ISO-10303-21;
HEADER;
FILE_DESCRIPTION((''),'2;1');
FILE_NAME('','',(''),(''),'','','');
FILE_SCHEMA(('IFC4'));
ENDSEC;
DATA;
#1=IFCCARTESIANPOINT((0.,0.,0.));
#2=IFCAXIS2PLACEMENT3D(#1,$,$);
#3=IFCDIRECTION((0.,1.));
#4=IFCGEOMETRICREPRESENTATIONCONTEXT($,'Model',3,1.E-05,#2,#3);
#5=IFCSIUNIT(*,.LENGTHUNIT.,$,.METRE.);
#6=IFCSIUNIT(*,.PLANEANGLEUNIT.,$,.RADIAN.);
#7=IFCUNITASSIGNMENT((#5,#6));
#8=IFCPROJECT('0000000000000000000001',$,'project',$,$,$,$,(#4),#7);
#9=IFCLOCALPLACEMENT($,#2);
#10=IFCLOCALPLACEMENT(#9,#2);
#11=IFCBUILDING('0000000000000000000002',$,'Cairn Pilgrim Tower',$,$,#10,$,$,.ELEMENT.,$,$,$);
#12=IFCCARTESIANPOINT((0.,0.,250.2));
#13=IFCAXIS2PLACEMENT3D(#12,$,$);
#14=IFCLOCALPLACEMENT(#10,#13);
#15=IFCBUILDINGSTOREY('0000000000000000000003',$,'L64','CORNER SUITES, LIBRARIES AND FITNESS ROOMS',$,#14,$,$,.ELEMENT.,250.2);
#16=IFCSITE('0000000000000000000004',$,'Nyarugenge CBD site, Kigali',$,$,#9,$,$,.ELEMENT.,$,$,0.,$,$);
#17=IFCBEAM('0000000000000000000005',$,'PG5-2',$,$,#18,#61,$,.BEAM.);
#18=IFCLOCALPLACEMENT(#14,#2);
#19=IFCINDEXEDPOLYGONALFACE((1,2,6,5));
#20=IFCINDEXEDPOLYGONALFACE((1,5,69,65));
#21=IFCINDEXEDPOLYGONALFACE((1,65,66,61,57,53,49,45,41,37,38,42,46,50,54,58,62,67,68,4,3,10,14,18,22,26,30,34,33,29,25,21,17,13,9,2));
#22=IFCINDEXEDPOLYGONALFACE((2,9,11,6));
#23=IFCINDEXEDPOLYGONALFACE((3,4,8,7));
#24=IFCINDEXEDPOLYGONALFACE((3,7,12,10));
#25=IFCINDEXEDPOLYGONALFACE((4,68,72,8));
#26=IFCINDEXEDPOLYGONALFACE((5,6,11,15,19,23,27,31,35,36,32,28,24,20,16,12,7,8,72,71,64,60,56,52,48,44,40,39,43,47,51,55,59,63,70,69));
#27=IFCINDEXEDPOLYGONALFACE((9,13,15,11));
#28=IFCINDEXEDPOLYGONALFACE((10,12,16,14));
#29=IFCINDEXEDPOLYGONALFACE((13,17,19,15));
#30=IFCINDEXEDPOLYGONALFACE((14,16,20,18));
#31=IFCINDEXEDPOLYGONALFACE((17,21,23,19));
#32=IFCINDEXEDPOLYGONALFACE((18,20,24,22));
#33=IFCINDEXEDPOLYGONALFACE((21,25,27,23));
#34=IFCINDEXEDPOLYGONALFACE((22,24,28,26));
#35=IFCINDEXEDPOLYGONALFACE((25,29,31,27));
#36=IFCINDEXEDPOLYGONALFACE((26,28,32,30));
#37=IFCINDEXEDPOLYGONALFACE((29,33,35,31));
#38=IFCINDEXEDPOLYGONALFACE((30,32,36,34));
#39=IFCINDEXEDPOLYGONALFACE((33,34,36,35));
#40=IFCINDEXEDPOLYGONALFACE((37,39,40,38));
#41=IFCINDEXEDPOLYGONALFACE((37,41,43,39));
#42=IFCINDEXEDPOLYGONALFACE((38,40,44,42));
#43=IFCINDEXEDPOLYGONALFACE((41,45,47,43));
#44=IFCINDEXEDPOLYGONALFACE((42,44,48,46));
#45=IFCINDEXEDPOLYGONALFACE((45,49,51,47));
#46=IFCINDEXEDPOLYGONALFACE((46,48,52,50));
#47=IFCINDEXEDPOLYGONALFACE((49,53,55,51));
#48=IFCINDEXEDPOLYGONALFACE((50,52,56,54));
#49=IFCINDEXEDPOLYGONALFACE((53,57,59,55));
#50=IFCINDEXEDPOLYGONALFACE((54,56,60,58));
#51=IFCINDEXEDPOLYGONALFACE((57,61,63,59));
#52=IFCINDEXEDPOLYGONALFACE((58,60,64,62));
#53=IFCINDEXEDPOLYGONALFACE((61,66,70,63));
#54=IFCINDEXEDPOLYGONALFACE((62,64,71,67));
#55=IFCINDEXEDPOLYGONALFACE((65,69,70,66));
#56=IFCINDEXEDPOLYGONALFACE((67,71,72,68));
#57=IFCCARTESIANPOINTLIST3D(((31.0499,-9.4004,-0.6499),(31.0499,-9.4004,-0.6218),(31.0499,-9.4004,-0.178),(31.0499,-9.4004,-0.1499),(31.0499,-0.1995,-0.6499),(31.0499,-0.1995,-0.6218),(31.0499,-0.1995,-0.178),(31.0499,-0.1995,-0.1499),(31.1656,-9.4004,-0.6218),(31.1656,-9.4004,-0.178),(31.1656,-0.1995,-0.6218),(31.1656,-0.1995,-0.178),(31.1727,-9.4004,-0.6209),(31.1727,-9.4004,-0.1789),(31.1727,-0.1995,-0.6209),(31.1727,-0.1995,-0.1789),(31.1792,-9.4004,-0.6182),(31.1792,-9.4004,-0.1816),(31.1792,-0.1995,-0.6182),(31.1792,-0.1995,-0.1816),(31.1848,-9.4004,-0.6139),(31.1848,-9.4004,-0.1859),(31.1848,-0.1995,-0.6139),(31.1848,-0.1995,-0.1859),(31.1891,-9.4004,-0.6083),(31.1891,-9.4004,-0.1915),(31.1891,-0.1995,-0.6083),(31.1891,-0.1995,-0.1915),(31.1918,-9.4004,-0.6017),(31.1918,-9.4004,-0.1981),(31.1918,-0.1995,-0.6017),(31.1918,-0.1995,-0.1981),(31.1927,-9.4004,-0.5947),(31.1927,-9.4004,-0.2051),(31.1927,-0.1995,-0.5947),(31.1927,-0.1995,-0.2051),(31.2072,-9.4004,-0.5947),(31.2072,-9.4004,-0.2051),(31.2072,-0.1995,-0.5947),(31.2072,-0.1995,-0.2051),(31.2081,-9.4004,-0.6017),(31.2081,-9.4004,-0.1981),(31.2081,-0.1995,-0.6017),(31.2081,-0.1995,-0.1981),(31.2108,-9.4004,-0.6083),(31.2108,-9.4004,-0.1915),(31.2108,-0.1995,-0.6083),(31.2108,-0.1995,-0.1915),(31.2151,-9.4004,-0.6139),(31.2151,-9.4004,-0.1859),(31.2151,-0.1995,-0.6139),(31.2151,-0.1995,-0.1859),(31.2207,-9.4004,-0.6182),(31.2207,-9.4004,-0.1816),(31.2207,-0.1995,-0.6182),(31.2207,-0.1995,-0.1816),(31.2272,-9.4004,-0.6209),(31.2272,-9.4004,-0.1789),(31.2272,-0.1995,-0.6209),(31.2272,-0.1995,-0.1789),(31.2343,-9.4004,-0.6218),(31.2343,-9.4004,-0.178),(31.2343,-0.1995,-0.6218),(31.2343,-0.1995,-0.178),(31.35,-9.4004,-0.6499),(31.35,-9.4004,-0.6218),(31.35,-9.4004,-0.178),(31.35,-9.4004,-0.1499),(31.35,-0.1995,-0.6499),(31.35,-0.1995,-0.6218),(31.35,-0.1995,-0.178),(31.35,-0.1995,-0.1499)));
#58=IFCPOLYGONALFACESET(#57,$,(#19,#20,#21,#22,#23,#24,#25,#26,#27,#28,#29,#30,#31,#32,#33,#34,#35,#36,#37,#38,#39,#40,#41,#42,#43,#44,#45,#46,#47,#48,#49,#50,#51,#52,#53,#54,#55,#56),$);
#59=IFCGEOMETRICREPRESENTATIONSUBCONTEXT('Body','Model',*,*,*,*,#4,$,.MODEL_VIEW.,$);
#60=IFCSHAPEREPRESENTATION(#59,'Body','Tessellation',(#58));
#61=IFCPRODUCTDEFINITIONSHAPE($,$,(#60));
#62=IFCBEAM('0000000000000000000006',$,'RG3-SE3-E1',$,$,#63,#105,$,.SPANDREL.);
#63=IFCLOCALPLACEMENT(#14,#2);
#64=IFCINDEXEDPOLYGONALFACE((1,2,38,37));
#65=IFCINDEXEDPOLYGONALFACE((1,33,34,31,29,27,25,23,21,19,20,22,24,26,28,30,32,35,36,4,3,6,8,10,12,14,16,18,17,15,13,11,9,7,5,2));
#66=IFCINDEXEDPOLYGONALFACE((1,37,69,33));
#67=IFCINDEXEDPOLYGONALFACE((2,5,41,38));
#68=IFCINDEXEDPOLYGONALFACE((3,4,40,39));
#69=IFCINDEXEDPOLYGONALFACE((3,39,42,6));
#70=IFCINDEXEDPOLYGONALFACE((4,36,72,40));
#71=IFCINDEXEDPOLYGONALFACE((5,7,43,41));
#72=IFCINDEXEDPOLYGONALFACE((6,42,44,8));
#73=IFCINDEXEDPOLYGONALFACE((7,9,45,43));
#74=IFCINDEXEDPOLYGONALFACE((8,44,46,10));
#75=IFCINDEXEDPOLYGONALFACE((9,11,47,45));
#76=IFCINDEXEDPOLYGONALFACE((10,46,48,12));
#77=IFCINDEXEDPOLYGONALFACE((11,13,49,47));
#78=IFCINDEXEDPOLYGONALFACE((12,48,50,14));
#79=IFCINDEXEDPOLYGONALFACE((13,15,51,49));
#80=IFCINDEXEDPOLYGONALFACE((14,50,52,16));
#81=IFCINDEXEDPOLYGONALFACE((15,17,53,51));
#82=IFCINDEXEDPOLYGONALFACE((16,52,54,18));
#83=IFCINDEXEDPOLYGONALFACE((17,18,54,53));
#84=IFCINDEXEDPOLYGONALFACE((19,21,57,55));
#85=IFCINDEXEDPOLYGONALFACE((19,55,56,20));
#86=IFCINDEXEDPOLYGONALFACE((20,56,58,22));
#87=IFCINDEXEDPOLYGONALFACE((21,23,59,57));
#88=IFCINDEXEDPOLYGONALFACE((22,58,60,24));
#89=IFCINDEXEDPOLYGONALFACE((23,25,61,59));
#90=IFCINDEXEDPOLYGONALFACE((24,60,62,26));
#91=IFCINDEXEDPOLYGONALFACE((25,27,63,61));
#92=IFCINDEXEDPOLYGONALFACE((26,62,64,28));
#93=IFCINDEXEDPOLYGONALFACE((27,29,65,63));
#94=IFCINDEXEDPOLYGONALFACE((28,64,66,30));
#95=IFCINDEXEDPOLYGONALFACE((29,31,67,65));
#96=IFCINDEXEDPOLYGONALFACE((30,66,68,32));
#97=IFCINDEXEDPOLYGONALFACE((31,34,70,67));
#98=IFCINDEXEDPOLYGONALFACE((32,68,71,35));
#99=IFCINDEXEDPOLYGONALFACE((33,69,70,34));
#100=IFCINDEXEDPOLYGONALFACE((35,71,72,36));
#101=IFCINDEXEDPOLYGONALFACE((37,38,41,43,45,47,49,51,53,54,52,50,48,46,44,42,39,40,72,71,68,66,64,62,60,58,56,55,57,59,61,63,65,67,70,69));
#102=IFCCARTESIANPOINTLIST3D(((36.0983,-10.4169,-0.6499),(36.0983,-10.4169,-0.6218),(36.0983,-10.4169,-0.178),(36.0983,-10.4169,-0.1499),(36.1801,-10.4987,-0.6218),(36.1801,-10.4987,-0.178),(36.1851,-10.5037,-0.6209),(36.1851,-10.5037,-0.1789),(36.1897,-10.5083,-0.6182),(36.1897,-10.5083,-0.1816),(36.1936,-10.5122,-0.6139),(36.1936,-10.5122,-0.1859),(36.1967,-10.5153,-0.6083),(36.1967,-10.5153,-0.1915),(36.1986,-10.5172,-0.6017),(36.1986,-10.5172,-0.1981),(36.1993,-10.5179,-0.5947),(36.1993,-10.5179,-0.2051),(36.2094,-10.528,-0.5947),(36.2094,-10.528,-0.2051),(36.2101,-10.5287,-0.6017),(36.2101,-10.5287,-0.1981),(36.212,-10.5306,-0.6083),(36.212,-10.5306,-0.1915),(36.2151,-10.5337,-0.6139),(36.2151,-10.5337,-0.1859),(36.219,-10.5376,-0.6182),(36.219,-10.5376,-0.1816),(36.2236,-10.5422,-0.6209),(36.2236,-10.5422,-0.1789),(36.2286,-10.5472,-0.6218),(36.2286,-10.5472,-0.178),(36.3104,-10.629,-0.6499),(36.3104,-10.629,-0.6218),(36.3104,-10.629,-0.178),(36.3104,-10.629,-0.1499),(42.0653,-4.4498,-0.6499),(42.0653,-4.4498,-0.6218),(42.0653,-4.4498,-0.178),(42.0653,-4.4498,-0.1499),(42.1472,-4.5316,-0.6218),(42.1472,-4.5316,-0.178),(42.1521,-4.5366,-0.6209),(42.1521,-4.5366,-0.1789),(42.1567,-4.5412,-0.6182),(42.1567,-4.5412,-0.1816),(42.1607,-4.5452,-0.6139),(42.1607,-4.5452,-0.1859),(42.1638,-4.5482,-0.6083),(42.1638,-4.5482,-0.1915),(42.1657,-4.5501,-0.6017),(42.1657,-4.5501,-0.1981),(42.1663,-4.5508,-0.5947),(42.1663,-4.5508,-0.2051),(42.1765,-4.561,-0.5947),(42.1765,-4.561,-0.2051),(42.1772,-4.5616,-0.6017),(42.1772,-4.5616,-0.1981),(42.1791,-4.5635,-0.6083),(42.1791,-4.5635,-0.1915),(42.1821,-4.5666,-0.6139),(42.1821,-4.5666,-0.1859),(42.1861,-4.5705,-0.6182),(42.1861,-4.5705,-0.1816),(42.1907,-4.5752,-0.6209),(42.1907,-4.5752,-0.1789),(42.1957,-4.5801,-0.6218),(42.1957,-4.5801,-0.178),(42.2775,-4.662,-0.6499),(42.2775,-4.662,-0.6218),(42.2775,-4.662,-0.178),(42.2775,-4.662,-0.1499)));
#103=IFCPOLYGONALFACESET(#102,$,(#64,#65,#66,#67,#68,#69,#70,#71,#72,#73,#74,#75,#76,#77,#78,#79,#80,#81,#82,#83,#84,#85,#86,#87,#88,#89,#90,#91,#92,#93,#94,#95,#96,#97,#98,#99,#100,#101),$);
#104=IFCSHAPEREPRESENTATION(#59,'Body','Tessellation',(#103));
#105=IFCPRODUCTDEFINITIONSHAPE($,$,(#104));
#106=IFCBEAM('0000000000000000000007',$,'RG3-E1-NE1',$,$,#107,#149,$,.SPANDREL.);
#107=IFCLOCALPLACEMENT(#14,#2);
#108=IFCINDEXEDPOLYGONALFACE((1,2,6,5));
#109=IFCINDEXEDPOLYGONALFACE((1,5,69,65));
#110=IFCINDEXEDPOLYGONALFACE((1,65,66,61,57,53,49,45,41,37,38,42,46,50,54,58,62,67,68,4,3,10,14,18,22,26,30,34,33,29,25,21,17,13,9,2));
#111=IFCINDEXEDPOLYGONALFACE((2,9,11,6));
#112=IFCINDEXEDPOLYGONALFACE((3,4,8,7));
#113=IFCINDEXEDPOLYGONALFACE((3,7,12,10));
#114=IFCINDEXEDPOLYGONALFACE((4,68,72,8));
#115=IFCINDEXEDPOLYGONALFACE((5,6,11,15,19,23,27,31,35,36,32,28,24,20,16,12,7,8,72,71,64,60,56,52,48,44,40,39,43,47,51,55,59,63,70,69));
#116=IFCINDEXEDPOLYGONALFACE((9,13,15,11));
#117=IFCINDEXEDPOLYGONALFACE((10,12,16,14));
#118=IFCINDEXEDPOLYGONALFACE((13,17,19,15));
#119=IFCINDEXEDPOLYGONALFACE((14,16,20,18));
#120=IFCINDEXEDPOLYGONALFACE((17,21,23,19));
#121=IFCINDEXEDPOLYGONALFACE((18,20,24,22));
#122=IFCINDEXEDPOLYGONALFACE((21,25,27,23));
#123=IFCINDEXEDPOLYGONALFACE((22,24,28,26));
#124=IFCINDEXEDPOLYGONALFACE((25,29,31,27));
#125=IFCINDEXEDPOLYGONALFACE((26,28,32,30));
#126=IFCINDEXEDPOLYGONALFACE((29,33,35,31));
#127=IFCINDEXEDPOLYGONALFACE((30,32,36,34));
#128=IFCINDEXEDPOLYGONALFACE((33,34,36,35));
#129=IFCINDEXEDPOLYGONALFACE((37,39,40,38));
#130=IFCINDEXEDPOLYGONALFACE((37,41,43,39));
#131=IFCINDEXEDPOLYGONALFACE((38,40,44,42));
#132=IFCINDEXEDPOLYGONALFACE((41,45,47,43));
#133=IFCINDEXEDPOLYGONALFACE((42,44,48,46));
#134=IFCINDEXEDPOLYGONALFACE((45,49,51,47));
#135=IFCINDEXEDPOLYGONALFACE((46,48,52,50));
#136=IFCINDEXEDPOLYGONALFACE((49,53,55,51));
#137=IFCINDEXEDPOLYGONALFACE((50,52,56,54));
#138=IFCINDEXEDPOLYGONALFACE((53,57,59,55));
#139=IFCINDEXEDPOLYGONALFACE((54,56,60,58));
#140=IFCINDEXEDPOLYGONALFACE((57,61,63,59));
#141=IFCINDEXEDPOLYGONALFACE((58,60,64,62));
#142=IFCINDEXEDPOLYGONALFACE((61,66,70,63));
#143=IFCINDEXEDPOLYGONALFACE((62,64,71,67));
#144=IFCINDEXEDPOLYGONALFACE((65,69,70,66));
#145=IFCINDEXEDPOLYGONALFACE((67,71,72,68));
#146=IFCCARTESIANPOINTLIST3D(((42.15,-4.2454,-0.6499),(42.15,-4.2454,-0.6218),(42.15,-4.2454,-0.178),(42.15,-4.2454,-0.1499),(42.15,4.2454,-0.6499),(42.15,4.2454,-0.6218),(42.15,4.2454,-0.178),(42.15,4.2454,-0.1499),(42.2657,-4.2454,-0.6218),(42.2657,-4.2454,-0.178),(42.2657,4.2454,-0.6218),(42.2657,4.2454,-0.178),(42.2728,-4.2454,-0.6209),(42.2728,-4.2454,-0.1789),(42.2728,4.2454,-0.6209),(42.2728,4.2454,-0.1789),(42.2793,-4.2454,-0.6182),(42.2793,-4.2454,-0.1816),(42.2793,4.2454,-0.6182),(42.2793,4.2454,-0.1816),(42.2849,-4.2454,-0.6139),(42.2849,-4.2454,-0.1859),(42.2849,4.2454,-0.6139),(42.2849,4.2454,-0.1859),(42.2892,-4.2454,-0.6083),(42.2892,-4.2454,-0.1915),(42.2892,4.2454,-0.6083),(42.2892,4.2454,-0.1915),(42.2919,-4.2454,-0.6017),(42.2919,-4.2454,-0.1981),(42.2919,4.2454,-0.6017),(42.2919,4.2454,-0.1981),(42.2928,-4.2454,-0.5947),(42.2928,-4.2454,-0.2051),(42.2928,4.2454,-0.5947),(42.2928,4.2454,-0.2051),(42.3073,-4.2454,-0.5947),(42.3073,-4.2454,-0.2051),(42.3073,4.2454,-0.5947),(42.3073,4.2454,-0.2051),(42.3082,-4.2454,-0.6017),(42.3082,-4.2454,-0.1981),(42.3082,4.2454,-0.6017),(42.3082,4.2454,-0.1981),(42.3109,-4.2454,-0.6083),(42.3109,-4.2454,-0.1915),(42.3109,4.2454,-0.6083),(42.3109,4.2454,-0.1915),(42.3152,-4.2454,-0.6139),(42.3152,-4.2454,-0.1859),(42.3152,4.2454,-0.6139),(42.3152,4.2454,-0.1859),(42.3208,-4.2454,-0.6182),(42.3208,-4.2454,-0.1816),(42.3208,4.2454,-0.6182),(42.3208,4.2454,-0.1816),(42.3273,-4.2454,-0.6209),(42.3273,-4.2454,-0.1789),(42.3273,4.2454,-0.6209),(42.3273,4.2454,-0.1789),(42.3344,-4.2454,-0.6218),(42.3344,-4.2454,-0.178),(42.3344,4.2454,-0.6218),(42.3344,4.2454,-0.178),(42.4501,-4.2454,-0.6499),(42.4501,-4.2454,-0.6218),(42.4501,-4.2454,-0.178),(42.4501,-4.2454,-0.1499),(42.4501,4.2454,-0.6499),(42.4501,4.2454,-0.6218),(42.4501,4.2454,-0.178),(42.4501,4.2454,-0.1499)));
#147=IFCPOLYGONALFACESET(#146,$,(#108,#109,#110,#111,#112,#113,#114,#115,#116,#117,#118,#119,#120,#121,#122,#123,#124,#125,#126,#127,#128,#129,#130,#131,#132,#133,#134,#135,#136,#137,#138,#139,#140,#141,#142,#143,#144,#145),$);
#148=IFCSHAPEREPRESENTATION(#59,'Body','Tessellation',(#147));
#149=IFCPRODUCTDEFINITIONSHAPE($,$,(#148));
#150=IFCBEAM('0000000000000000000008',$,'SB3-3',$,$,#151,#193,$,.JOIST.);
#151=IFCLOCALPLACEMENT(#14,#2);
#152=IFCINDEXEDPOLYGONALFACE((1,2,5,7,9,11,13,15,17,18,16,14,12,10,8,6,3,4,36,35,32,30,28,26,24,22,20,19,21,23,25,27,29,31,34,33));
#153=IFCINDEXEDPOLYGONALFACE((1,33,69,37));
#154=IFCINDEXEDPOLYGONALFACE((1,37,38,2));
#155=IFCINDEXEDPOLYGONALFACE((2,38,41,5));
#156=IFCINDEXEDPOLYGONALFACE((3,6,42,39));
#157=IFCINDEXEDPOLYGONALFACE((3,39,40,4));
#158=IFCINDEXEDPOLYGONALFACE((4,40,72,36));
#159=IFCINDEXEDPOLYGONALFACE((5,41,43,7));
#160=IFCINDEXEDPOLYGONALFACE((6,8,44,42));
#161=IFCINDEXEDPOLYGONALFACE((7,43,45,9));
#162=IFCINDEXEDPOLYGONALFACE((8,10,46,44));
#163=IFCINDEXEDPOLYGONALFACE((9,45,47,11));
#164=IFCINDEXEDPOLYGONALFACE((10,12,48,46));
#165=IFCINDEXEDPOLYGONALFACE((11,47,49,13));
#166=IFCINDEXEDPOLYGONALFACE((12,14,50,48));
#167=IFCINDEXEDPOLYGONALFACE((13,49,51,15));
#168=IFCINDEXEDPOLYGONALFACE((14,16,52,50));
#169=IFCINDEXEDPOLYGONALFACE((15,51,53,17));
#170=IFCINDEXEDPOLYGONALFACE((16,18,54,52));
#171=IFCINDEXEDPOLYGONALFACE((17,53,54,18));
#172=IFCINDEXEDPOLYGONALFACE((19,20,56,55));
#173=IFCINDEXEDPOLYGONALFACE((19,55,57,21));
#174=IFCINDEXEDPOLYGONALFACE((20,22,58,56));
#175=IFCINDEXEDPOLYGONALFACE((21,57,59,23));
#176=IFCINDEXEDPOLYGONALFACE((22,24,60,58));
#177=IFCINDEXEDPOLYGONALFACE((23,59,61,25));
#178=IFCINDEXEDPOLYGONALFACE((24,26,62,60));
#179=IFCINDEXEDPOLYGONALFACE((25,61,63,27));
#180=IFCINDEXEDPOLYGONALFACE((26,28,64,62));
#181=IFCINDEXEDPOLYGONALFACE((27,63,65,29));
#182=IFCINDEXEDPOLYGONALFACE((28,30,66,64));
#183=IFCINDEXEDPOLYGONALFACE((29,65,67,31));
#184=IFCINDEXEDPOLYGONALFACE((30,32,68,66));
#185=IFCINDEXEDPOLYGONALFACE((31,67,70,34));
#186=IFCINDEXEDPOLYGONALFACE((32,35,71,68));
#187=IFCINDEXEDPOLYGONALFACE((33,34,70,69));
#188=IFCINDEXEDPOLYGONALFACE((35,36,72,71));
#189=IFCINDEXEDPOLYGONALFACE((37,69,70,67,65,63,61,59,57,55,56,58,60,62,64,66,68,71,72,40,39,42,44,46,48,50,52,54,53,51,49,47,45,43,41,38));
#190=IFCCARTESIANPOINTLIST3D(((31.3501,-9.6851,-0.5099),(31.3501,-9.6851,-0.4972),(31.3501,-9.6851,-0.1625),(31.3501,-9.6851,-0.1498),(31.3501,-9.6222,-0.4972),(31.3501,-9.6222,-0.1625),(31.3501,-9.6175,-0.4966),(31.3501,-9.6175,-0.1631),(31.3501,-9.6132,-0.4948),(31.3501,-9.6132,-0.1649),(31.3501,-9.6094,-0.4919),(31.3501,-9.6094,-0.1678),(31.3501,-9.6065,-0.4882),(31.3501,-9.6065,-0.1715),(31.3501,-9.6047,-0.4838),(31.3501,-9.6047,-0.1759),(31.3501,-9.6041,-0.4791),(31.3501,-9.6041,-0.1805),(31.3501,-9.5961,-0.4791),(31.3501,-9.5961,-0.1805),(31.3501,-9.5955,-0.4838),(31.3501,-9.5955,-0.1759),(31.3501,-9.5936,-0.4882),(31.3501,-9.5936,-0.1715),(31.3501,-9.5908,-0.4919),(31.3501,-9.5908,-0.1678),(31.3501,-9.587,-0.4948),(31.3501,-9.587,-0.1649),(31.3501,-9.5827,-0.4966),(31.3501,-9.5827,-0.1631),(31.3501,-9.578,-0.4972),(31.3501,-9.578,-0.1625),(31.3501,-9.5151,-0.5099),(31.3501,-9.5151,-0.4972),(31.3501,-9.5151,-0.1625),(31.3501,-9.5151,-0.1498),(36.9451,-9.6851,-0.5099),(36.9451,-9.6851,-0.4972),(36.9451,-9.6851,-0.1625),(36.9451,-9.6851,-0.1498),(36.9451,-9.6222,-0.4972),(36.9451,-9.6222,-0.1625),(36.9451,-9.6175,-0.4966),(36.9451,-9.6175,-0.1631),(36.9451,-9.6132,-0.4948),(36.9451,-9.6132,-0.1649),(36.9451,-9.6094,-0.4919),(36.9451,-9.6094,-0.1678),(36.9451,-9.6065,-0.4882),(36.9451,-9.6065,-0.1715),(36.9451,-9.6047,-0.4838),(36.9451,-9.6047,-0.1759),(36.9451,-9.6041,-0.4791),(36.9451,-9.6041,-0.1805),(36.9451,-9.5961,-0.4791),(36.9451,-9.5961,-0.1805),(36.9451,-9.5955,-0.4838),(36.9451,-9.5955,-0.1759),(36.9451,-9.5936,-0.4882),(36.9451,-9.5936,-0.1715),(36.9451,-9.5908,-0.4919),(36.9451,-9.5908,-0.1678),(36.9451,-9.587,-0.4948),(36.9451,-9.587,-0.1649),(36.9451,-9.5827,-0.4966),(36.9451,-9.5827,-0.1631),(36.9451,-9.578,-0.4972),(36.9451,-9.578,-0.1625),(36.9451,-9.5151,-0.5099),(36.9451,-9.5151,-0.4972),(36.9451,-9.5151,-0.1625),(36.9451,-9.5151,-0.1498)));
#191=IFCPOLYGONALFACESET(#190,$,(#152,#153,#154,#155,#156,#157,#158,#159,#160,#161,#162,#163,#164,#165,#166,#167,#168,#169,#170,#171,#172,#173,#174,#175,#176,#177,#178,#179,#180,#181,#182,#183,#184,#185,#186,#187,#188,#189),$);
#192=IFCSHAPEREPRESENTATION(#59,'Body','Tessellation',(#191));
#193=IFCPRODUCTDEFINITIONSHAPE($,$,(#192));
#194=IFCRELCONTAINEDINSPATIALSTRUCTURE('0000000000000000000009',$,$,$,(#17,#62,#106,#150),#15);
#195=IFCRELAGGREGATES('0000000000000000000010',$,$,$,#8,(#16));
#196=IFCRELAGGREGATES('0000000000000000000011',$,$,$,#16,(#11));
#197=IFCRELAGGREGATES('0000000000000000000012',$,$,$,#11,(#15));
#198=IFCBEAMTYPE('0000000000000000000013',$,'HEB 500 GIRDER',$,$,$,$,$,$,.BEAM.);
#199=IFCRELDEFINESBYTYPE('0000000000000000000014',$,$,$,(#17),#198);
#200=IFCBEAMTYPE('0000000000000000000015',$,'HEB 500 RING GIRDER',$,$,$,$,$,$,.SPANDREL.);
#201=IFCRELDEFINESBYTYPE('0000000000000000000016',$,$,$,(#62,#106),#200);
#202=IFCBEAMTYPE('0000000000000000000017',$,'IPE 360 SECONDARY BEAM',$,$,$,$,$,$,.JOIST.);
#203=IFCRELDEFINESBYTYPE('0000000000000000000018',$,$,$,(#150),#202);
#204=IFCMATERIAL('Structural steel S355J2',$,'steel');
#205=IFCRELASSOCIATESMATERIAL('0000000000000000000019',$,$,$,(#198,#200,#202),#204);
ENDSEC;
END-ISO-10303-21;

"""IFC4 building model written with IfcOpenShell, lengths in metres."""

from ifc_helpers import new_model, si_unit, direction, frame, origin, origin_2d, place, context, subcontext, project, spatial, i_section, extrude, material, material_profile, profile_set, type_object, element, save


model = new_model("IFC4")

# Units and contexts
model_context = context("Model", 3, precision=1e-05, world=origin(), true_north=direction((0.0, 1.0)))
body_context = subcontext(model_context, "Body", "Model", "MODEL_VIEW")
ifc_project = project(units=[si_unit("LENGTHUNIT", "METRE"), si_unit("PLANEANGLEUNIT", "RADIAN")], contexts=[model_context])

# Site, building, storey
site_placement = place(None, origin())
site = spatial("IfcSite", under=ifc_project, at=site_placement, Name="Nyarugenge CBD site, Kigali", CompositionType="ELEMENT", RefElevation=0.0)
building_placement = place(site_placement, origin())
building = spatial("IfcBuilding", under=site, at=building_placement, Name="Cairn Pilgrim Tower", CompositionType="ELEMENT")
storey_placement = place(building_placement, frame((0.0, 0.0, 250.2)))
storey = spatial("IfcBuildingStorey", under=building, at=storey_placement, Name="L64", Description="CORNER SUITES, LIBRARIES AND FITNESS ROOMS", CompositionType="ELEMENT", Elevation=250.2)

# Shared definitions
ifc_material_1 = material(Name="Structural steel S355J2", Category="steel")

# Beams
ifc_material_profile_1 = material_profile(ifc_material_1, i_section(OverallWidth=0.3, OverallDepth=0.5, WebThickness=0.0144, FlangeThickness=0.0281, FilletRadius=0.0271, at=origin_2d()), Name="HEB 500")
ifc_profile_set_1 = profile_set([ifc_material_profile_1], Name="Structural steel S355J2")
beam_type_1 = type_object("IfcBeamType", Name="HEB 500 GIRDER", PredefinedType="BEAM", material=ifc_profile_set_1)
beam_1_placement = place(storey_placement, frame((31.2, -9.4004, -0.3999), z_axis=(0.0, 1.0, 0.0), x_axis=(-1.0, 0.0, 0.0)))
element("IfcBeam", 1, at=beam_1_placement, inside=storey, type_object=beam_type_1, Name="PG5-2", PredefinedType="BEAM", context=body_context, shape_type="SweptSolid", body=[
    extrude(i_section(OverallWidth=0.3, OverallDepth=0.5, WebThickness=0.0144, FlangeThickness=0.0281, FilletRadius=0.0271, at=origin_2d()), origin(), (0.0, 0.0, 1.0), 9.2009),
])
ifc_material_profile_2 = material_profile(ifc_material_1, i_section(OverallWidth=0.3, OverallDepth=0.5, WebThickness=0.0144, FlangeThickness=0.0281, FilletRadius=0.0271, at=origin_2d()), Name="HEB 500")
ifc_profile_set_2 = profile_set([ifc_material_profile_2], Name="Structural steel S355J2")
beam_type_2 = type_object("IfcBeamType", Name="HEB 500 RING GIRDER", PredefinedType="SPANDREL", material=ifc_profile_set_2)
beam_2_placement = place(storey_placement, frame((36.2043, -10.5229, -0.3999), z_axis=(0.707107, 0.707107, 0.0), x_axis=(-0.707107, 0.707107, 0.0)))
element("IfcBeam", 2, at=beam_2_placement, inside=storey, type_object=beam_type_2, Name="RG3-SE3-E1", PredefinedType="SPANDREL", context=body_context, shape_type="SweptSolid", body=[
    extrude(i_section(OverallWidth=0.3, OverallDepth=0.5, WebThickness=0.0144, FlangeThickness=0.0281, FilletRadius=0.0271, at=origin_2d()), origin(), (0.0, 0.0, 1.0), 8.4387),
])
beam_3_placement = place(storey_placement, frame((42.3, -4.2454, -0.3999), z_axis=(0.0, 1.0, 0.0), x_axis=(-1.0, 0.0, 0.0)))
element("IfcBeam", 3, at=beam_3_placement, inside=storey, type_object=beam_type_2, Name="RG3-E1-NE1", PredefinedType="SPANDREL", context=body_context, shape_type="SweptSolid", body=[
    extrude(i_section(OverallWidth=0.3, OverallDepth=0.5, WebThickness=0.0144, FlangeThickness=0.0281, FilletRadius=0.0271, at=origin_2d()), origin(), (0.0, 0.0, 1.0), 8.4907),
])
ifc_material_profile_3 = material_profile(ifc_material_1, i_section(OverallWidth=0.1699, OverallDepth=0.3601, WebThickness=0.0081, FlangeThickness=0.0127, FilletRadius=0.0181, at=origin_2d()), Name="IPE 360")
ifc_profile_set_3 = profile_set([ifc_material_profile_3], Name="Structural steel S355J2")
beam_type_3 = type_object("IfcBeamType", Name="IPE 360 SECONDARY BEAM", PredefinedType="JOIST", material=ifc_profile_set_3)
beam_4_placement = place(storey_placement, frame((31.3501, -9.6001, -0.3298), z_axis=(1.0, 0.0, 0.0), x_axis=(0.0, 1.0, 0.0)))
element("IfcBeam", 4, at=beam_4_placement, inside=storey, type_object=beam_type_3, Name="SB3-3", PredefinedType="JOIST", context=body_context, shape_type="SweptSolid", body=[
    extrude(i_section(OverallWidth=0.1699, OverallDepth=0.3601, WebThickness=0.0081, FlangeThickness=0.0127, FilletRadius=0.0181, at=origin_2d()), origin(), (0.0, 0.0, 1.0), 5.595),
])

save(model, "model.ifc")
